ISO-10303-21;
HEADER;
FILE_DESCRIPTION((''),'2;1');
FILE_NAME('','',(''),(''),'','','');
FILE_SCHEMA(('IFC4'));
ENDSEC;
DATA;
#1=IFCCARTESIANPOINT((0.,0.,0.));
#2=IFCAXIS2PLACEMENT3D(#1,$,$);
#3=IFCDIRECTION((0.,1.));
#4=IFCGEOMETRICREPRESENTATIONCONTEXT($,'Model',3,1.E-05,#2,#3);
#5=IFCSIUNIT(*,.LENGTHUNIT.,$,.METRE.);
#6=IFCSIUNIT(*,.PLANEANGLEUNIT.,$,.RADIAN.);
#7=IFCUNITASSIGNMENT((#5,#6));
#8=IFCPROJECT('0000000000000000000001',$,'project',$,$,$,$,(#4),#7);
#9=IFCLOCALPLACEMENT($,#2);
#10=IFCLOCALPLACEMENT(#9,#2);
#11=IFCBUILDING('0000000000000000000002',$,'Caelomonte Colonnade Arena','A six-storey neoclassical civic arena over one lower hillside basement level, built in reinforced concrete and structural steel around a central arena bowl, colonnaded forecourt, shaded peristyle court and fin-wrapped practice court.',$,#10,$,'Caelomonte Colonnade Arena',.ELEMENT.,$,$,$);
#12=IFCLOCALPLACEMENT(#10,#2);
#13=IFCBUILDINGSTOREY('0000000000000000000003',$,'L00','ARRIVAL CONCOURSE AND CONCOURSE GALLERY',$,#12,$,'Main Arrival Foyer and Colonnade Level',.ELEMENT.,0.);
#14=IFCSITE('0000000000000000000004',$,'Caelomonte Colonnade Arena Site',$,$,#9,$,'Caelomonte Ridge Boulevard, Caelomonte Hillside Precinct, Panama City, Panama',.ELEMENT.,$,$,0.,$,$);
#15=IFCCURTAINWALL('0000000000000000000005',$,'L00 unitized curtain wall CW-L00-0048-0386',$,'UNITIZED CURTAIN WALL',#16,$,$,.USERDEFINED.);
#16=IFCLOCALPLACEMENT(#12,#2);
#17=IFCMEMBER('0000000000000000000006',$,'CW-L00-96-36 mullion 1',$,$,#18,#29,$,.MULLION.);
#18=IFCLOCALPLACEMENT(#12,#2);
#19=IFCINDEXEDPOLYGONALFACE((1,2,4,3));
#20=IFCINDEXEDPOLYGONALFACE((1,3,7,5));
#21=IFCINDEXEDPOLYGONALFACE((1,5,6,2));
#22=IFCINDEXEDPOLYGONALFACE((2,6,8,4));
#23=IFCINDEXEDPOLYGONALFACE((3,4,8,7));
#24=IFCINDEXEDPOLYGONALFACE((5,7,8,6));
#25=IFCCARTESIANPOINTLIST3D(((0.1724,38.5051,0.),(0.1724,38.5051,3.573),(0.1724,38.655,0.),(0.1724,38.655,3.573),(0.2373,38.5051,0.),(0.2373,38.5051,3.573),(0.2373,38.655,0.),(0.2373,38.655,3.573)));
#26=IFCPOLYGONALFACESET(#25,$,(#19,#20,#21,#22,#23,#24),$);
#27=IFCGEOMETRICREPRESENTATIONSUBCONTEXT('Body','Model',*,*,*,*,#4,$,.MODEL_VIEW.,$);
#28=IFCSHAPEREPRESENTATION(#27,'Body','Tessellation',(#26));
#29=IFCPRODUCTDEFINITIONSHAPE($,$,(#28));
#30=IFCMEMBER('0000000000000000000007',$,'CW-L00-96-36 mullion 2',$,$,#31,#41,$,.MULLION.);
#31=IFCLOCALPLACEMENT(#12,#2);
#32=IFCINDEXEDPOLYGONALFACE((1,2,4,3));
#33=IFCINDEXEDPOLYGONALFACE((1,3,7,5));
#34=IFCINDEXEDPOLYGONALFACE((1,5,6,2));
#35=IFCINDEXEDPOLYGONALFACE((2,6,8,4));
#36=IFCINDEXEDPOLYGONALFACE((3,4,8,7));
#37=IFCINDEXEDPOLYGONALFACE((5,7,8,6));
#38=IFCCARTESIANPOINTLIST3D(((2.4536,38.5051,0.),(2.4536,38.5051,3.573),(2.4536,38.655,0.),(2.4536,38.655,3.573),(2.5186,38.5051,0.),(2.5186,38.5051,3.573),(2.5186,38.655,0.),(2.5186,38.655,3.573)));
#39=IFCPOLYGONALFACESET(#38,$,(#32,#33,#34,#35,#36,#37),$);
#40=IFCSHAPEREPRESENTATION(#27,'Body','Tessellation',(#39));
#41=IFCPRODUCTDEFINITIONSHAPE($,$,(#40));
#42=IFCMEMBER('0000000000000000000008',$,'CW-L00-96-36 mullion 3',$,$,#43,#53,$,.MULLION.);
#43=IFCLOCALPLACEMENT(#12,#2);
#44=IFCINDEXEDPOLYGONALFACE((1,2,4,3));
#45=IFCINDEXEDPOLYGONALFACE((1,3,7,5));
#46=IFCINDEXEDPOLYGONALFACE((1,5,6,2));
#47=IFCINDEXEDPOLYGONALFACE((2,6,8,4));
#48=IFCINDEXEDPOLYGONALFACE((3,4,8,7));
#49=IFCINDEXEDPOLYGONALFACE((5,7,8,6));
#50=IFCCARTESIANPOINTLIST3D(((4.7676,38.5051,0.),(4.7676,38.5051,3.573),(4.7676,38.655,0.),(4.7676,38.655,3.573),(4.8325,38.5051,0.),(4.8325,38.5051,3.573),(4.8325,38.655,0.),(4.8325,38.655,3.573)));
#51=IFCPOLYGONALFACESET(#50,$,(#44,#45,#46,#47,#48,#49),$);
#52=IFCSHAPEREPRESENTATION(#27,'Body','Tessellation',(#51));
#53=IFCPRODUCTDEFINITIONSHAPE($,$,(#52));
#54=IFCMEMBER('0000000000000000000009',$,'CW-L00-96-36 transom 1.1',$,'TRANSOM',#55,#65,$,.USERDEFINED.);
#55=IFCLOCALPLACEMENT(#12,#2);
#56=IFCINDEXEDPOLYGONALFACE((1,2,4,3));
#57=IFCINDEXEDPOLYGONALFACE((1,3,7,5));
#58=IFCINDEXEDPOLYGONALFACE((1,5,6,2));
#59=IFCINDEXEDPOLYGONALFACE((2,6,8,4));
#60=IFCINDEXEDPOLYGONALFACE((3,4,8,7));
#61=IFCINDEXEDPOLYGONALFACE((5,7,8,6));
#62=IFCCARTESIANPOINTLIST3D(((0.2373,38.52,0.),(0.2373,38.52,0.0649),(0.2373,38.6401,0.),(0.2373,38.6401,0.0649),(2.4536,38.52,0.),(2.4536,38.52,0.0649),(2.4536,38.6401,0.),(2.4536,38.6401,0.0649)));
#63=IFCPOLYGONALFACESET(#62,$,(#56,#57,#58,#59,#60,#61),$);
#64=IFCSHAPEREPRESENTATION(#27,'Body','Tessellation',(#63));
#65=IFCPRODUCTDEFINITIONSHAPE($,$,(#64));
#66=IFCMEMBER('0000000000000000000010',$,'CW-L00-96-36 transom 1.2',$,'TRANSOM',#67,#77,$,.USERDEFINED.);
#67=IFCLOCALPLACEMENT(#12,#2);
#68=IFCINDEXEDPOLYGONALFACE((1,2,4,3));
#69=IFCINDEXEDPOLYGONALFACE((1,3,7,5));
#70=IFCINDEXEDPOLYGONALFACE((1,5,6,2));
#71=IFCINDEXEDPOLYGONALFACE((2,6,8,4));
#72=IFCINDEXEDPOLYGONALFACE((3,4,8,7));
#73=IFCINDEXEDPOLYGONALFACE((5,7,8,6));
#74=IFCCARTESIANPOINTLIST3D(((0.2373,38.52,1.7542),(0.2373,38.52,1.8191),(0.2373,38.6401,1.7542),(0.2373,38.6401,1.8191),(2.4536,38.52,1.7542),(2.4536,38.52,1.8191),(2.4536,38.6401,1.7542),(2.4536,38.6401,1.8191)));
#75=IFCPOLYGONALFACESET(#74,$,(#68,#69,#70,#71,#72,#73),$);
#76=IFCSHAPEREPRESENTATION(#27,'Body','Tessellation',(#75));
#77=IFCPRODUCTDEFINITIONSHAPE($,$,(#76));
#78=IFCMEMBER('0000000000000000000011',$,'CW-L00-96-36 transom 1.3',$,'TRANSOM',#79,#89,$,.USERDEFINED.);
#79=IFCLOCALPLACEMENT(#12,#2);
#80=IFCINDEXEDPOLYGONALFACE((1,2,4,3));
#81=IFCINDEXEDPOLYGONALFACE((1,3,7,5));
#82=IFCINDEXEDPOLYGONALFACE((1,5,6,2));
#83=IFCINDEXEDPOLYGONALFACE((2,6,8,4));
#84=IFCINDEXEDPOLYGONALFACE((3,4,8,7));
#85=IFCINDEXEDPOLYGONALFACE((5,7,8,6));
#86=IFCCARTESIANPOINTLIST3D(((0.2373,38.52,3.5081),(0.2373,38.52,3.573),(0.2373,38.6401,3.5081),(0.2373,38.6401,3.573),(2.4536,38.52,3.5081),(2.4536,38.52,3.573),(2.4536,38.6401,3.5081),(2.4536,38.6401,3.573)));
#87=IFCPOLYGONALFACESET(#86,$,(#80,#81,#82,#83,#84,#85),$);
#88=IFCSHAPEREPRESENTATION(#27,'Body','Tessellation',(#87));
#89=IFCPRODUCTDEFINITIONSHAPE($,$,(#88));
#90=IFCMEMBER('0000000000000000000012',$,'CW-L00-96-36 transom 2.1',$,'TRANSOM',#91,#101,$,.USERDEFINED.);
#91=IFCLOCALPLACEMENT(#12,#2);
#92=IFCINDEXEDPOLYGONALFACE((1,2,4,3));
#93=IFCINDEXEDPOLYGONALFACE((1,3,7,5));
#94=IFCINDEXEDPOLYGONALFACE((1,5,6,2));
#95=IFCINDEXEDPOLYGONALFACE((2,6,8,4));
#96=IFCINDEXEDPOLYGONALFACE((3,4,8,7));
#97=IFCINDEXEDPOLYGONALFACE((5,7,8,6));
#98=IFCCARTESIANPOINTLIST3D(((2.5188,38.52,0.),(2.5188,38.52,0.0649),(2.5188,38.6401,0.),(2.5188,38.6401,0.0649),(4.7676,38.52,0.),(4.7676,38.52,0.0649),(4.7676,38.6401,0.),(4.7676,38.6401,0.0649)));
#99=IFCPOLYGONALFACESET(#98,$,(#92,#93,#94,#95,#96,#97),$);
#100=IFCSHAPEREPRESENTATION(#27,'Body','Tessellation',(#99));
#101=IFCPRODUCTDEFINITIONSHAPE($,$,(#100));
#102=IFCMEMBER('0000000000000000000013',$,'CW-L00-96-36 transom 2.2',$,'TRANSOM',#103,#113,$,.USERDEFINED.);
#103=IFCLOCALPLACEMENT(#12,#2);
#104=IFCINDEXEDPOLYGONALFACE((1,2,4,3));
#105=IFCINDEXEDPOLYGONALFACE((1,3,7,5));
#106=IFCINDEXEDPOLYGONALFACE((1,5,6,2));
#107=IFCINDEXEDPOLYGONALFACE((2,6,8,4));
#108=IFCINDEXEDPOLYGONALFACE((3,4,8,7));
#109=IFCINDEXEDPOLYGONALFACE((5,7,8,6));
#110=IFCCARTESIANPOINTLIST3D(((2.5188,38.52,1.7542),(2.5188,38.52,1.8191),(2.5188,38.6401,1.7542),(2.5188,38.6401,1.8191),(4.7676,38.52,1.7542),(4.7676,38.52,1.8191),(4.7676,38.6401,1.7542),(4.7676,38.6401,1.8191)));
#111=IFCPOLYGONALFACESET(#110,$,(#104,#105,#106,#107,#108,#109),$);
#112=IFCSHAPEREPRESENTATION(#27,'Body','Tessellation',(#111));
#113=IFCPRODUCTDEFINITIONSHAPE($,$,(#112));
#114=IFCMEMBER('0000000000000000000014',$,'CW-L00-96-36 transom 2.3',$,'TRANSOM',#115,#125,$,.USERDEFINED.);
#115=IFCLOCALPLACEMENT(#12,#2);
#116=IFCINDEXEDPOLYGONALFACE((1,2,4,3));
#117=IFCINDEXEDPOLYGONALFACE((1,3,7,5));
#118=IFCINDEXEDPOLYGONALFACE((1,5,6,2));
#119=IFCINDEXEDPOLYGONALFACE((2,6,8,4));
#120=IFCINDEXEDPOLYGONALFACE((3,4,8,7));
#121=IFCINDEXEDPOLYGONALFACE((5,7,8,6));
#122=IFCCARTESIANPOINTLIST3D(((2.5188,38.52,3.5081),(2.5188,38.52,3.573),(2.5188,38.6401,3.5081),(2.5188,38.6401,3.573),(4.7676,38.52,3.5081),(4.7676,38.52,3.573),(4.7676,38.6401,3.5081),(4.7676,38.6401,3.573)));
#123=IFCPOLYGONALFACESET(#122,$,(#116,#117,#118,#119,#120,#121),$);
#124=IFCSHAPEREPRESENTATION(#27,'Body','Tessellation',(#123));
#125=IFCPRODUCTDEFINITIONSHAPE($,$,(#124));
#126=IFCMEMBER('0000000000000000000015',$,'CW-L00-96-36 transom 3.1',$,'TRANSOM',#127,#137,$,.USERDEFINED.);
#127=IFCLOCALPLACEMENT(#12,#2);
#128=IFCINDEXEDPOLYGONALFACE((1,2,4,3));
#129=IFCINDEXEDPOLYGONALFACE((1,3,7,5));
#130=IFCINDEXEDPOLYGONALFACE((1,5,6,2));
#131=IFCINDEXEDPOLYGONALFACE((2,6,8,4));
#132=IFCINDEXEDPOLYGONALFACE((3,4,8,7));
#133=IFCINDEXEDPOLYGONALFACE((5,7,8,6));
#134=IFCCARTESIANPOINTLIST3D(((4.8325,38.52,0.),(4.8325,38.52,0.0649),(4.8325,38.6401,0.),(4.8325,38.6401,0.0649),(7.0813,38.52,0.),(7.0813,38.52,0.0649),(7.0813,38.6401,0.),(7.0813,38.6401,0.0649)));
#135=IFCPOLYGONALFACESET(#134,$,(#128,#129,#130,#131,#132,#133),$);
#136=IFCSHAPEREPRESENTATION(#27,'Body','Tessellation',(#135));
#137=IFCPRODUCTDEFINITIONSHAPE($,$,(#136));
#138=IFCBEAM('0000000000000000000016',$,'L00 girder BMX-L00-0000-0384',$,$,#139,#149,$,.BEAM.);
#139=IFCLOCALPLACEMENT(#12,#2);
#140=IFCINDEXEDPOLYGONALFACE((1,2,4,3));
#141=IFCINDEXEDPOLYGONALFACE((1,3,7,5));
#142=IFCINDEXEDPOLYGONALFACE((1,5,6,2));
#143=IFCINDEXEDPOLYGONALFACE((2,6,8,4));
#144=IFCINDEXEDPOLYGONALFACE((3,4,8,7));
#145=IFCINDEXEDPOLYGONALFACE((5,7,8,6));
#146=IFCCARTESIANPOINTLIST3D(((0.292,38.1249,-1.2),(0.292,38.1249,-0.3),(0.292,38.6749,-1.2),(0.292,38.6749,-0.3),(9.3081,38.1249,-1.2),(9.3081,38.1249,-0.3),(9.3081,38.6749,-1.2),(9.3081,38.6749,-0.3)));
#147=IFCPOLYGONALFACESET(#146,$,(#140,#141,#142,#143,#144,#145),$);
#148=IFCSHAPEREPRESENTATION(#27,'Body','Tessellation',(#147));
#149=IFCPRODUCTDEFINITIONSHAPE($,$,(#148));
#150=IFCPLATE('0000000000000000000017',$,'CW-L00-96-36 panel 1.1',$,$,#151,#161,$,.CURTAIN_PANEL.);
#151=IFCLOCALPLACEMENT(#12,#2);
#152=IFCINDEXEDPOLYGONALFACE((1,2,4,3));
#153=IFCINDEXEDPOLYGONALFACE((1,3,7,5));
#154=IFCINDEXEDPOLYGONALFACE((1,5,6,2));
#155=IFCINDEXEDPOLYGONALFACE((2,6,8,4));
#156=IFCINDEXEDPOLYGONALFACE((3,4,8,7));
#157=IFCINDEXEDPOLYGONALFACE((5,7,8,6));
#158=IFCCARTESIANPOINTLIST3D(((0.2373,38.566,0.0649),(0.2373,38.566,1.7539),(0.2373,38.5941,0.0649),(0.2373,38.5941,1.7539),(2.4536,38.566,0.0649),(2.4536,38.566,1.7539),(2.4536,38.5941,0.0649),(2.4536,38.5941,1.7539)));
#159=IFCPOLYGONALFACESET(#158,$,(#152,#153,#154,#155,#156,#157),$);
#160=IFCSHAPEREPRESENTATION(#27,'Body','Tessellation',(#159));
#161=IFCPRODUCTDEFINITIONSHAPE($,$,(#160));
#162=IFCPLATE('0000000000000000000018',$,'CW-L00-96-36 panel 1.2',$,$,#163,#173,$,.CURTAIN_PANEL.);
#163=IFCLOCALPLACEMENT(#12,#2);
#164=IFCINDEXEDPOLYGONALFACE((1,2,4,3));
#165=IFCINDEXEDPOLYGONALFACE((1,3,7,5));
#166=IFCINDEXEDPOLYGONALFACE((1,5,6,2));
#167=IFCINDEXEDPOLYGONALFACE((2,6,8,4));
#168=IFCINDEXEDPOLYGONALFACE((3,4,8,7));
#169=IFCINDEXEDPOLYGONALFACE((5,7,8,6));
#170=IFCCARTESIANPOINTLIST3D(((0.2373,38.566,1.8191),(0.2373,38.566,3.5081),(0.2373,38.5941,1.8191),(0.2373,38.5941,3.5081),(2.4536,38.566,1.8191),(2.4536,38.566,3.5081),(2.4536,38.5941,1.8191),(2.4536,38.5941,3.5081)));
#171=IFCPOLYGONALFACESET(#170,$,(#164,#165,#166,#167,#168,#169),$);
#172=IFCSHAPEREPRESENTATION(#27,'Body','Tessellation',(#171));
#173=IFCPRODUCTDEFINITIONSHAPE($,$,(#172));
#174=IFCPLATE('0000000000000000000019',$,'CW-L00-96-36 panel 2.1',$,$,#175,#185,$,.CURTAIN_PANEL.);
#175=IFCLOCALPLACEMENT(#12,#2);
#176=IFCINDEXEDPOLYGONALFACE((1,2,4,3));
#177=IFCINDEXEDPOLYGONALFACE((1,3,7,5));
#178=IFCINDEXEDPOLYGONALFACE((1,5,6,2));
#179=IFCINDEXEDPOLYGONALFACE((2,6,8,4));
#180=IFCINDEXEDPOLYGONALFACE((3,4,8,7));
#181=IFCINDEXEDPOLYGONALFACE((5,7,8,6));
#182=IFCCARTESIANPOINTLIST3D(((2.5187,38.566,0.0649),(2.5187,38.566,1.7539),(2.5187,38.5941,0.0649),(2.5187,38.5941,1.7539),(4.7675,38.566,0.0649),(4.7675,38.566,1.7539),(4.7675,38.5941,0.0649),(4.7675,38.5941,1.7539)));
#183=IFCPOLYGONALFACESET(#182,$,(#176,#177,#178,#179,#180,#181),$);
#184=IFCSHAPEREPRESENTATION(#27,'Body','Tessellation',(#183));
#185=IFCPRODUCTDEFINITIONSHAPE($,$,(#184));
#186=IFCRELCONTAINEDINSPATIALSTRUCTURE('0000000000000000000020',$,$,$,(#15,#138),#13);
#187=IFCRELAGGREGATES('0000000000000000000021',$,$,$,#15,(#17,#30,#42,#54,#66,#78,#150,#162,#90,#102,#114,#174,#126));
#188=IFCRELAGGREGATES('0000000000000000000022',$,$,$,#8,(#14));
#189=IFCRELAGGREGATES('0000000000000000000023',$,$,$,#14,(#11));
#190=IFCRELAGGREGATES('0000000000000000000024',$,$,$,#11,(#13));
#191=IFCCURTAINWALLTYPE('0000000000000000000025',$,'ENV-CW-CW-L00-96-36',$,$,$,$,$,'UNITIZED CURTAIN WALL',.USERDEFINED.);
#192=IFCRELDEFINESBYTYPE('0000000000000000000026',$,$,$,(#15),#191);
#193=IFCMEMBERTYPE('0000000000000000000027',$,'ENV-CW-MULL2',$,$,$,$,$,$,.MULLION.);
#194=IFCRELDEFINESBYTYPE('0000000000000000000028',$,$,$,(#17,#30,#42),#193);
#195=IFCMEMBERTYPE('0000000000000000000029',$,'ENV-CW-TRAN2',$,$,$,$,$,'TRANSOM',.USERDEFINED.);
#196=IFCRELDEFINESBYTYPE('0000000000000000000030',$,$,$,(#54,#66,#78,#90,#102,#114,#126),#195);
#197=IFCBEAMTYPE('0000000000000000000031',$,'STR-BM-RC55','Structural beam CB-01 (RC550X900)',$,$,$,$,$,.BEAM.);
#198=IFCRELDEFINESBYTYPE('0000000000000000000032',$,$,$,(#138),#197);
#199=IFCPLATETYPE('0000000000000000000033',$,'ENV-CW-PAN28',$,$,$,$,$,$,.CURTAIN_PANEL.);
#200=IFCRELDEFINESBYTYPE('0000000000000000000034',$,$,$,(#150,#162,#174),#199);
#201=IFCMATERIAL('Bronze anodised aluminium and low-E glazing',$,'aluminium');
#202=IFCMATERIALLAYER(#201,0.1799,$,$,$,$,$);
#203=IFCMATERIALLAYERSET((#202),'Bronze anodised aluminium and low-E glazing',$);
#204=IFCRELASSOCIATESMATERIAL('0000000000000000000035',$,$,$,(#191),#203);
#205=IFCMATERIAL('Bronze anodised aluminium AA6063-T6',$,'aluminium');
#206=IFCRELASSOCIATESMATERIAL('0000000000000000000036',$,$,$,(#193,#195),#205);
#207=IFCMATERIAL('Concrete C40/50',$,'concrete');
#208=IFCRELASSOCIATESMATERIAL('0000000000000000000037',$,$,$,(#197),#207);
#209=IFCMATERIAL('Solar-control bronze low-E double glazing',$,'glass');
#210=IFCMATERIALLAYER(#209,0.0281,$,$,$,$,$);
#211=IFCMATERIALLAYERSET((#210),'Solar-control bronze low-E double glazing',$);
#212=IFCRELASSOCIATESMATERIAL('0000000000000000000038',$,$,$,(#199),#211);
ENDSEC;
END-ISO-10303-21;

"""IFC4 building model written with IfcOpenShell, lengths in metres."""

from ifc_helpers import new_model, si_unit, direction, frame, origin, origin_2d, place, context, subcontext, project, spatial, rectangle, extrude, material, layer, layer_set, material_profile, profile_set, type_object, element, aggregate, save


model = new_model("IFC4")

# Units and contexts
model_context = context("Model", 3, precision=1e-05, world=origin(), true_north=direction((0.0, 1.0)))
body_context = subcontext(model_context, "Body", "Model", "MODEL_VIEW")
ifc_project = project(units=[si_unit("LENGTHUNIT", "METRE"), si_unit("PLANEANGLEUNIT", "RADIAN")], contexts=[model_context])

# Site, building, storey
site_placement = place(None, origin())
site = spatial("IfcSite", under=ifc_project, at=site_placement, Name="Caelomonte Colonnade Arena Site", LongName="Caelomonte Ridge Boulevard, Caelomonte Hillside Precinct, Panama City, Panama", CompositionType="ELEMENT", RefElevation=0.0)
building_placement = place(site_placement, origin())
building = spatial("IfcBuilding", under=site, at=building_placement, Name="Caelomonte Colonnade Arena", Description="A six-storey neoclassical civic arena over one lower hillside basement level, built in reinforced concrete and structural steel around a central arena bowl, colonnaded forecourt, shaded peristyle court and fin-wrapped practice court.", LongName="Caelomonte Colonnade Arena", CompositionType="ELEMENT")
storey_placement = place(building_placement, origin())
storey = spatial("IfcBuildingStorey", under=building, at=storey_placement, Name="L00", Description="ARRIVAL CONCOURSE AND CONCOURSE GALLERY", LongName="Main Arrival Foyer and Colonnade Level", CompositionType="ELEMENT", Elevation=0.0)

# Curtain wall, members
ifc_material_1 = material(Name="Bronze anodised aluminium and low-E glazing", Category="aluminium")
ifc_layer_1 = layer(ifc_material_1, 0.1799)
ifc_layer_set_1 = layer_set([ifc_layer_1], Name="Bronze anodised aluminium and low-E glazing")
curtain_wall_type = type_object("IfcCurtainWallType", Name="ENV-CW-CW-L00-96-36", ElementType="UNITIZED CURTAIN WALL", PredefinedType="USERDEFINED", material=ifc_layer_set_1)
curtain_wall_placement = place(storey_placement, origin())
curtain_wall = element("IfcCurtainWall", 1, at=curtain_wall_placement, inside=storey, type_object=curtain_wall_type, Name="L00 unitized curtain wall CW-L00-0048-0386", ObjectType="UNITIZED CURTAIN WALL", PredefinedType="USERDEFINED")
ifc_material_2 = material(Name="Bronze anodised aluminium AA6063-T6", Category="aluminium")
ifc_material_profile_1 = material_profile(ifc_material_2, rectangle(XDim=0.0649, YDim=0.1499, at=origin_2d()), Name="CWM-65X150")
ifc_profile_set_1 = profile_set([ifc_material_profile_1], Name="Bronze anodised aluminium AA6063-T6")
member_type_1 = type_object("IfcMemberType", Name="ENV-CW-MULL2", PredefinedType="MULLION", material=ifc_profile_set_1)
member_1_placement = place(storey_placement, frame((0.2048, 38.5801, 0.0), z_axis=(0.0, 0.0, 1.0), x_axis=(1.0, 0.0, 0.0)))
member_1 = element("IfcMember", 2, at=member_1_placement, type_object=member_type_1, Name="CW-L00-96-36 mullion 1", PredefinedType="MULLION", context=body_context, shape_type="SweptSolid", body=[
    extrude(rectangle(XDim=0.0649, YDim=0.1499, at=origin_2d()), origin(), (0.0, 0.0, 1.0), 3.573),
])
member_2_placement = place(storey_placement, frame((2.4861, 38.5801, 0.0), z_axis=(0.0, 0.0, 1.0), x_axis=(1.0, 0.0, 0.0)))
member_2 = element("IfcMember", 3, at=member_2_placement, type_object=member_type_1, Name="CW-L00-96-36 mullion 2", PredefinedType="MULLION", context=body_context, shape_type="SweptSolid", body=[
    extrude(rectangle(XDim=0.0649, YDim=0.1499, at=origin_2d()), origin(), (0.0, 0.0, 1.0), 3.573),
])
member_3_placement = place(storey_placement, frame((4.8, 38.5801, 0.0), z_axis=(0.0, 0.0, 1.0), x_axis=(1.0, 0.0, 0.0)))
member_3 = element("IfcMember", 4, at=member_3_placement, type_object=member_type_1, Name="CW-L00-96-36 mullion 3", PredefinedType="MULLION", context=body_context, shape_type="SweptSolid", body=[
    extrude(rectangle(XDim=0.0649, YDim=0.1499, at=origin_2d()), origin(), (0.0, 0.0, 1.0), 3.573),
])
ifc_material_profile_2 = material_profile(ifc_material_2, rectangle(XDim=0.0649, YDim=0.1201, at=origin_2d()), Name="CWT-65X120")
ifc_profile_set_2 = profile_set([ifc_material_profile_2], Name="Bronze anodised aluminium AA6063-T6")
member_type_2 = type_object("IfcMemberType", Name="ENV-CW-TRAN2", ElementType="TRANSOM", PredefinedType="USERDEFINED", material=ifc_profile_set_2)
member_4_placement = place(storey_placement, frame((0.2373, 38.5801, 0.0325), z_axis=(1.0, 0.0, 0.0), x_axis=(0.0, 0.0, 1.0)))
member_4 = element("IfcMember", 5, at=member_4_placement, type_object=member_type_2, Name="CW-L00-96-36 transom 1.1", ObjectType="TRANSOM", PredefinedType="USERDEFINED", context=body_context, shape_type="SweptSolid", body=[
    extrude(rectangle(XDim=0.0649, YDim=0.1201, at=origin_2d()), origin(), (0.0, 0.0, 1.0), 2.2163),
])
member_5_placement = place(storey_placement, frame((0.2373, 38.5801, 1.7866), z_axis=(1.0, 0.0, 0.0), x_axis=(0.0, 0.0, 1.0)))
member_5 = element("IfcMember", 6, at=member_5_placement, type_object=member_type_2, Name="CW-L00-96-36 transom 1.2", ObjectType="TRANSOM", PredefinedType="USERDEFINED", context=body_context, shape_type="SweptSolid", body=[
    extrude(rectangle(XDim=0.0649, YDim=0.1201, at=origin_2d()), origin(), (0.0, 0.0, 1.0), 2.2163),
])
member_6_placement = place(storey_placement, frame((0.2373, 38.5801, 3.5405), z_axis=(1.0, 0.0, 0.0), x_axis=(0.0, 0.0, 1.0)))
member_6 = element("IfcMember", 7, at=member_6_placement, type_object=member_type_2, Name="CW-L00-96-36 transom 1.3", ObjectType="TRANSOM", PredefinedType="USERDEFINED", context=body_context, shape_type="SweptSolid", body=[
    extrude(rectangle(XDim=0.0649, YDim=0.1201, at=origin_2d()), origin(), (0.0, 0.0, 1.0), 2.2163),
])
member_7_placement = place(storey_placement, frame((2.5188, 38.5801, 0.0325), z_axis=(1.0, 0.0, 0.0), x_axis=(0.0, 0.0, 1.0)))
member_7 = element("IfcMember", 8, at=member_7_placement, type_object=member_type_2, Name="CW-L00-96-36 transom 2.1", ObjectType="TRANSOM", PredefinedType="USERDEFINED", context=body_context, shape_type="SweptSolid", body=[
    extrude(rectangle(XDim=0.0649, YDim=0.1201, at=origin_2d()), origin(), (0.0, 0.0, 1.0), 2.2488),
])
member_8_placement = place(storey_placement, frame((2.5188, 38.5801, 1.7866), z_axis=(1.0, 0.0, 0.0), x_axis=(0.0, 0.0, 1.0)))
member_8 = element("IfcMember", 9, at=member_8_placement, type_object=member_type_2, Name="CW-L00-96-36 transom 2.2", ObjectType="TRANSOM", PredefinedType="USERDEFINED", context=body_context, shape_type="SweptSolid", body=[
    extrude(rectangle(XDim=0.0649, YDim=0.1201, at=origin_2d()), origin(), (0.0, 0.0, 1.0), 2.2488),
])
member_9_placement = place(storey_placement, frame((2.5188, 38.5801, 3.5405), z_axis=(1.0, 0.0, 0.0), x_axis=(0.0, 0.0, 1.0)))
member_9 = element("IfcMember", 10, at=member_9_placement, type_object=member_type_2, Name="CW-L00-96-36 transom 2.3", ObjectType="TRANSOM", PredefinedType="USERDEFINED", context=body_context, shape_type="SweptSolid", body=[
    extrude(rectangle(XDim=0.0649, YDim=0.1201, at=origin_2d()), origin(), (0.0, 0.0, 1.0), 2.2488),
])
member_10_placement = place(storey_placement, frame((4.8325, 38.5801, 0.0325), z_axis=(1.0, 0.0, 0.0), x_axis=(0.0, 0.0, 1.0)))
member_10 = element("IfcMember", 11, at=member_10_placement, type_object=member_type_2, Name="CW-L00-96-36 transom 3.1", ObjectType="TRANSOM", PredefinedType="USERDEFINED", context=body_context, shape_type="SweptSolid", body=[
    extrude(rectangle(XDim=0.0649, YDim=0.1201, at=origin_2d()), origin(), (0.0, 0.0, 1.0), 2.2488),
])

# Beam
ifc_material_3 = material(Name="Concrete C40/50", Category="concrete")
ifc_material_profile_3 = material_profile(ifc_material_3, rectangle(XDim=0.55, YDim=0.8999, at=origin_2d()), Name="RC550X900")
ifc_profile_set_3 = profile_set([ifc_material_profile_3], Name="Concrete C40/50")
beam_type = type_object("IfcBeamType", Name="STR-BM-RC55", Description="Structural beam CB-01 (RC550X900)", PredefinedType="BEAM", material=ifc_profile_set_3)
beam_placement = place(storey_placement, frame((0.292, 38.3999, -0.75), z_axis=(1.0, 0.0, 0.0), x_axis=(0.0, 1.0, 0.0)))
element("IfcBeam", 12, at=beam_placement, inside=storey, type_object=beam_type, Name="L00 girder BMX-L00-0000-0384", PredefinedType="BEAM", context=body_context, shape_type="SweptSolid", body=[
    extrude(rectangle(XDim=0.55, YDim=0.8999, at=origin_2d()), origin(), (0.0, 0.0, 1.0), 9.0161),
])

# Plates
ifc_material_4 = material(Name="Solar-control bronze low-E double glazing", Category="glass")
ifc_layer_2 = layer(ifc_material_4, 0.0281)
ifc_layer_set_2 = layer_set([ifc_layer_2], Name="Solar-control bronze low-E double glazing")
plate_type = type_object("IfcPlateType", Name="ENV-CW-PAN28", PredefinedType="CURTAIN_PANEL", material=ifc_layer_set_2)
plate_1_placement = place(storey_placement, frame((1.3455, 38.5801, 0.0649), z_axis=(0.0, 0.0, 1.0), x_axis=(1.0, 0.0, 0.0)))
plate_1 = element("IfcPlate", 13, at=plate_1_placement, type_object=plate_type, Name="CW-L00-96-36 panel 1.1", PredefinedType="CURTAIN_PANEL", context=body_context, shape_type="SweptSolid", body=[
    extrude(rectangle(XDim=2.2163, YDim=0.0281, at=origin_2d()), origin(), (0.0, 0.0, 1.0), 1.689),
])
plate_2_placement = place(storey_placement, frame((1.3455, 38.5801, 1.8191), z_axis=(0.0, 0.0, 1.0), x_axis=(1.0, 0.0, 0.0)))
plate_2 = element("IfcPlate", 14, at=plate_2_placement, type_object=plate_type, Name="CW-L00-96-36 panel 1.2", PredefinedType="CURTAIN_PANEL", context=body_context, shape_type="SweptSolid", body=[
    extrude(rectangle(XDim=2.2163, YDim=0.0281, at=origin_2d()), origin(), (0.0, 0.0, 1.0), 1.689),
])
plate_3_placement = place(storey_placement, frame((3.6431, 38.5801, 0.0649), z_axis=(0.0, 0.0, 1.0), x_axis=(1.0, 0.0, 0.0)))
plate_3 = element("IfcPlate", 15, at=plate_3_placement, type_object=plate_type, Name="CW-L00-96-36 panel 2.1", PredefinedType="CURTAIN_PANEL", context=body_context, shape_type="SweptSolid", body=[
    extrude(rectangle(XDim=2.2488, YDim=0.0281, at=origin_2d()), origin(), (0.0, 0.0, 1.0), 1.689),
])
aggregate(curtain_wall, [member_1, member_2, member_3, member_4, member_5, member_6, plate_1, plate_2, member_7, member_8, member_9, plate_3, member_10])

save(model, "model.ifc")
